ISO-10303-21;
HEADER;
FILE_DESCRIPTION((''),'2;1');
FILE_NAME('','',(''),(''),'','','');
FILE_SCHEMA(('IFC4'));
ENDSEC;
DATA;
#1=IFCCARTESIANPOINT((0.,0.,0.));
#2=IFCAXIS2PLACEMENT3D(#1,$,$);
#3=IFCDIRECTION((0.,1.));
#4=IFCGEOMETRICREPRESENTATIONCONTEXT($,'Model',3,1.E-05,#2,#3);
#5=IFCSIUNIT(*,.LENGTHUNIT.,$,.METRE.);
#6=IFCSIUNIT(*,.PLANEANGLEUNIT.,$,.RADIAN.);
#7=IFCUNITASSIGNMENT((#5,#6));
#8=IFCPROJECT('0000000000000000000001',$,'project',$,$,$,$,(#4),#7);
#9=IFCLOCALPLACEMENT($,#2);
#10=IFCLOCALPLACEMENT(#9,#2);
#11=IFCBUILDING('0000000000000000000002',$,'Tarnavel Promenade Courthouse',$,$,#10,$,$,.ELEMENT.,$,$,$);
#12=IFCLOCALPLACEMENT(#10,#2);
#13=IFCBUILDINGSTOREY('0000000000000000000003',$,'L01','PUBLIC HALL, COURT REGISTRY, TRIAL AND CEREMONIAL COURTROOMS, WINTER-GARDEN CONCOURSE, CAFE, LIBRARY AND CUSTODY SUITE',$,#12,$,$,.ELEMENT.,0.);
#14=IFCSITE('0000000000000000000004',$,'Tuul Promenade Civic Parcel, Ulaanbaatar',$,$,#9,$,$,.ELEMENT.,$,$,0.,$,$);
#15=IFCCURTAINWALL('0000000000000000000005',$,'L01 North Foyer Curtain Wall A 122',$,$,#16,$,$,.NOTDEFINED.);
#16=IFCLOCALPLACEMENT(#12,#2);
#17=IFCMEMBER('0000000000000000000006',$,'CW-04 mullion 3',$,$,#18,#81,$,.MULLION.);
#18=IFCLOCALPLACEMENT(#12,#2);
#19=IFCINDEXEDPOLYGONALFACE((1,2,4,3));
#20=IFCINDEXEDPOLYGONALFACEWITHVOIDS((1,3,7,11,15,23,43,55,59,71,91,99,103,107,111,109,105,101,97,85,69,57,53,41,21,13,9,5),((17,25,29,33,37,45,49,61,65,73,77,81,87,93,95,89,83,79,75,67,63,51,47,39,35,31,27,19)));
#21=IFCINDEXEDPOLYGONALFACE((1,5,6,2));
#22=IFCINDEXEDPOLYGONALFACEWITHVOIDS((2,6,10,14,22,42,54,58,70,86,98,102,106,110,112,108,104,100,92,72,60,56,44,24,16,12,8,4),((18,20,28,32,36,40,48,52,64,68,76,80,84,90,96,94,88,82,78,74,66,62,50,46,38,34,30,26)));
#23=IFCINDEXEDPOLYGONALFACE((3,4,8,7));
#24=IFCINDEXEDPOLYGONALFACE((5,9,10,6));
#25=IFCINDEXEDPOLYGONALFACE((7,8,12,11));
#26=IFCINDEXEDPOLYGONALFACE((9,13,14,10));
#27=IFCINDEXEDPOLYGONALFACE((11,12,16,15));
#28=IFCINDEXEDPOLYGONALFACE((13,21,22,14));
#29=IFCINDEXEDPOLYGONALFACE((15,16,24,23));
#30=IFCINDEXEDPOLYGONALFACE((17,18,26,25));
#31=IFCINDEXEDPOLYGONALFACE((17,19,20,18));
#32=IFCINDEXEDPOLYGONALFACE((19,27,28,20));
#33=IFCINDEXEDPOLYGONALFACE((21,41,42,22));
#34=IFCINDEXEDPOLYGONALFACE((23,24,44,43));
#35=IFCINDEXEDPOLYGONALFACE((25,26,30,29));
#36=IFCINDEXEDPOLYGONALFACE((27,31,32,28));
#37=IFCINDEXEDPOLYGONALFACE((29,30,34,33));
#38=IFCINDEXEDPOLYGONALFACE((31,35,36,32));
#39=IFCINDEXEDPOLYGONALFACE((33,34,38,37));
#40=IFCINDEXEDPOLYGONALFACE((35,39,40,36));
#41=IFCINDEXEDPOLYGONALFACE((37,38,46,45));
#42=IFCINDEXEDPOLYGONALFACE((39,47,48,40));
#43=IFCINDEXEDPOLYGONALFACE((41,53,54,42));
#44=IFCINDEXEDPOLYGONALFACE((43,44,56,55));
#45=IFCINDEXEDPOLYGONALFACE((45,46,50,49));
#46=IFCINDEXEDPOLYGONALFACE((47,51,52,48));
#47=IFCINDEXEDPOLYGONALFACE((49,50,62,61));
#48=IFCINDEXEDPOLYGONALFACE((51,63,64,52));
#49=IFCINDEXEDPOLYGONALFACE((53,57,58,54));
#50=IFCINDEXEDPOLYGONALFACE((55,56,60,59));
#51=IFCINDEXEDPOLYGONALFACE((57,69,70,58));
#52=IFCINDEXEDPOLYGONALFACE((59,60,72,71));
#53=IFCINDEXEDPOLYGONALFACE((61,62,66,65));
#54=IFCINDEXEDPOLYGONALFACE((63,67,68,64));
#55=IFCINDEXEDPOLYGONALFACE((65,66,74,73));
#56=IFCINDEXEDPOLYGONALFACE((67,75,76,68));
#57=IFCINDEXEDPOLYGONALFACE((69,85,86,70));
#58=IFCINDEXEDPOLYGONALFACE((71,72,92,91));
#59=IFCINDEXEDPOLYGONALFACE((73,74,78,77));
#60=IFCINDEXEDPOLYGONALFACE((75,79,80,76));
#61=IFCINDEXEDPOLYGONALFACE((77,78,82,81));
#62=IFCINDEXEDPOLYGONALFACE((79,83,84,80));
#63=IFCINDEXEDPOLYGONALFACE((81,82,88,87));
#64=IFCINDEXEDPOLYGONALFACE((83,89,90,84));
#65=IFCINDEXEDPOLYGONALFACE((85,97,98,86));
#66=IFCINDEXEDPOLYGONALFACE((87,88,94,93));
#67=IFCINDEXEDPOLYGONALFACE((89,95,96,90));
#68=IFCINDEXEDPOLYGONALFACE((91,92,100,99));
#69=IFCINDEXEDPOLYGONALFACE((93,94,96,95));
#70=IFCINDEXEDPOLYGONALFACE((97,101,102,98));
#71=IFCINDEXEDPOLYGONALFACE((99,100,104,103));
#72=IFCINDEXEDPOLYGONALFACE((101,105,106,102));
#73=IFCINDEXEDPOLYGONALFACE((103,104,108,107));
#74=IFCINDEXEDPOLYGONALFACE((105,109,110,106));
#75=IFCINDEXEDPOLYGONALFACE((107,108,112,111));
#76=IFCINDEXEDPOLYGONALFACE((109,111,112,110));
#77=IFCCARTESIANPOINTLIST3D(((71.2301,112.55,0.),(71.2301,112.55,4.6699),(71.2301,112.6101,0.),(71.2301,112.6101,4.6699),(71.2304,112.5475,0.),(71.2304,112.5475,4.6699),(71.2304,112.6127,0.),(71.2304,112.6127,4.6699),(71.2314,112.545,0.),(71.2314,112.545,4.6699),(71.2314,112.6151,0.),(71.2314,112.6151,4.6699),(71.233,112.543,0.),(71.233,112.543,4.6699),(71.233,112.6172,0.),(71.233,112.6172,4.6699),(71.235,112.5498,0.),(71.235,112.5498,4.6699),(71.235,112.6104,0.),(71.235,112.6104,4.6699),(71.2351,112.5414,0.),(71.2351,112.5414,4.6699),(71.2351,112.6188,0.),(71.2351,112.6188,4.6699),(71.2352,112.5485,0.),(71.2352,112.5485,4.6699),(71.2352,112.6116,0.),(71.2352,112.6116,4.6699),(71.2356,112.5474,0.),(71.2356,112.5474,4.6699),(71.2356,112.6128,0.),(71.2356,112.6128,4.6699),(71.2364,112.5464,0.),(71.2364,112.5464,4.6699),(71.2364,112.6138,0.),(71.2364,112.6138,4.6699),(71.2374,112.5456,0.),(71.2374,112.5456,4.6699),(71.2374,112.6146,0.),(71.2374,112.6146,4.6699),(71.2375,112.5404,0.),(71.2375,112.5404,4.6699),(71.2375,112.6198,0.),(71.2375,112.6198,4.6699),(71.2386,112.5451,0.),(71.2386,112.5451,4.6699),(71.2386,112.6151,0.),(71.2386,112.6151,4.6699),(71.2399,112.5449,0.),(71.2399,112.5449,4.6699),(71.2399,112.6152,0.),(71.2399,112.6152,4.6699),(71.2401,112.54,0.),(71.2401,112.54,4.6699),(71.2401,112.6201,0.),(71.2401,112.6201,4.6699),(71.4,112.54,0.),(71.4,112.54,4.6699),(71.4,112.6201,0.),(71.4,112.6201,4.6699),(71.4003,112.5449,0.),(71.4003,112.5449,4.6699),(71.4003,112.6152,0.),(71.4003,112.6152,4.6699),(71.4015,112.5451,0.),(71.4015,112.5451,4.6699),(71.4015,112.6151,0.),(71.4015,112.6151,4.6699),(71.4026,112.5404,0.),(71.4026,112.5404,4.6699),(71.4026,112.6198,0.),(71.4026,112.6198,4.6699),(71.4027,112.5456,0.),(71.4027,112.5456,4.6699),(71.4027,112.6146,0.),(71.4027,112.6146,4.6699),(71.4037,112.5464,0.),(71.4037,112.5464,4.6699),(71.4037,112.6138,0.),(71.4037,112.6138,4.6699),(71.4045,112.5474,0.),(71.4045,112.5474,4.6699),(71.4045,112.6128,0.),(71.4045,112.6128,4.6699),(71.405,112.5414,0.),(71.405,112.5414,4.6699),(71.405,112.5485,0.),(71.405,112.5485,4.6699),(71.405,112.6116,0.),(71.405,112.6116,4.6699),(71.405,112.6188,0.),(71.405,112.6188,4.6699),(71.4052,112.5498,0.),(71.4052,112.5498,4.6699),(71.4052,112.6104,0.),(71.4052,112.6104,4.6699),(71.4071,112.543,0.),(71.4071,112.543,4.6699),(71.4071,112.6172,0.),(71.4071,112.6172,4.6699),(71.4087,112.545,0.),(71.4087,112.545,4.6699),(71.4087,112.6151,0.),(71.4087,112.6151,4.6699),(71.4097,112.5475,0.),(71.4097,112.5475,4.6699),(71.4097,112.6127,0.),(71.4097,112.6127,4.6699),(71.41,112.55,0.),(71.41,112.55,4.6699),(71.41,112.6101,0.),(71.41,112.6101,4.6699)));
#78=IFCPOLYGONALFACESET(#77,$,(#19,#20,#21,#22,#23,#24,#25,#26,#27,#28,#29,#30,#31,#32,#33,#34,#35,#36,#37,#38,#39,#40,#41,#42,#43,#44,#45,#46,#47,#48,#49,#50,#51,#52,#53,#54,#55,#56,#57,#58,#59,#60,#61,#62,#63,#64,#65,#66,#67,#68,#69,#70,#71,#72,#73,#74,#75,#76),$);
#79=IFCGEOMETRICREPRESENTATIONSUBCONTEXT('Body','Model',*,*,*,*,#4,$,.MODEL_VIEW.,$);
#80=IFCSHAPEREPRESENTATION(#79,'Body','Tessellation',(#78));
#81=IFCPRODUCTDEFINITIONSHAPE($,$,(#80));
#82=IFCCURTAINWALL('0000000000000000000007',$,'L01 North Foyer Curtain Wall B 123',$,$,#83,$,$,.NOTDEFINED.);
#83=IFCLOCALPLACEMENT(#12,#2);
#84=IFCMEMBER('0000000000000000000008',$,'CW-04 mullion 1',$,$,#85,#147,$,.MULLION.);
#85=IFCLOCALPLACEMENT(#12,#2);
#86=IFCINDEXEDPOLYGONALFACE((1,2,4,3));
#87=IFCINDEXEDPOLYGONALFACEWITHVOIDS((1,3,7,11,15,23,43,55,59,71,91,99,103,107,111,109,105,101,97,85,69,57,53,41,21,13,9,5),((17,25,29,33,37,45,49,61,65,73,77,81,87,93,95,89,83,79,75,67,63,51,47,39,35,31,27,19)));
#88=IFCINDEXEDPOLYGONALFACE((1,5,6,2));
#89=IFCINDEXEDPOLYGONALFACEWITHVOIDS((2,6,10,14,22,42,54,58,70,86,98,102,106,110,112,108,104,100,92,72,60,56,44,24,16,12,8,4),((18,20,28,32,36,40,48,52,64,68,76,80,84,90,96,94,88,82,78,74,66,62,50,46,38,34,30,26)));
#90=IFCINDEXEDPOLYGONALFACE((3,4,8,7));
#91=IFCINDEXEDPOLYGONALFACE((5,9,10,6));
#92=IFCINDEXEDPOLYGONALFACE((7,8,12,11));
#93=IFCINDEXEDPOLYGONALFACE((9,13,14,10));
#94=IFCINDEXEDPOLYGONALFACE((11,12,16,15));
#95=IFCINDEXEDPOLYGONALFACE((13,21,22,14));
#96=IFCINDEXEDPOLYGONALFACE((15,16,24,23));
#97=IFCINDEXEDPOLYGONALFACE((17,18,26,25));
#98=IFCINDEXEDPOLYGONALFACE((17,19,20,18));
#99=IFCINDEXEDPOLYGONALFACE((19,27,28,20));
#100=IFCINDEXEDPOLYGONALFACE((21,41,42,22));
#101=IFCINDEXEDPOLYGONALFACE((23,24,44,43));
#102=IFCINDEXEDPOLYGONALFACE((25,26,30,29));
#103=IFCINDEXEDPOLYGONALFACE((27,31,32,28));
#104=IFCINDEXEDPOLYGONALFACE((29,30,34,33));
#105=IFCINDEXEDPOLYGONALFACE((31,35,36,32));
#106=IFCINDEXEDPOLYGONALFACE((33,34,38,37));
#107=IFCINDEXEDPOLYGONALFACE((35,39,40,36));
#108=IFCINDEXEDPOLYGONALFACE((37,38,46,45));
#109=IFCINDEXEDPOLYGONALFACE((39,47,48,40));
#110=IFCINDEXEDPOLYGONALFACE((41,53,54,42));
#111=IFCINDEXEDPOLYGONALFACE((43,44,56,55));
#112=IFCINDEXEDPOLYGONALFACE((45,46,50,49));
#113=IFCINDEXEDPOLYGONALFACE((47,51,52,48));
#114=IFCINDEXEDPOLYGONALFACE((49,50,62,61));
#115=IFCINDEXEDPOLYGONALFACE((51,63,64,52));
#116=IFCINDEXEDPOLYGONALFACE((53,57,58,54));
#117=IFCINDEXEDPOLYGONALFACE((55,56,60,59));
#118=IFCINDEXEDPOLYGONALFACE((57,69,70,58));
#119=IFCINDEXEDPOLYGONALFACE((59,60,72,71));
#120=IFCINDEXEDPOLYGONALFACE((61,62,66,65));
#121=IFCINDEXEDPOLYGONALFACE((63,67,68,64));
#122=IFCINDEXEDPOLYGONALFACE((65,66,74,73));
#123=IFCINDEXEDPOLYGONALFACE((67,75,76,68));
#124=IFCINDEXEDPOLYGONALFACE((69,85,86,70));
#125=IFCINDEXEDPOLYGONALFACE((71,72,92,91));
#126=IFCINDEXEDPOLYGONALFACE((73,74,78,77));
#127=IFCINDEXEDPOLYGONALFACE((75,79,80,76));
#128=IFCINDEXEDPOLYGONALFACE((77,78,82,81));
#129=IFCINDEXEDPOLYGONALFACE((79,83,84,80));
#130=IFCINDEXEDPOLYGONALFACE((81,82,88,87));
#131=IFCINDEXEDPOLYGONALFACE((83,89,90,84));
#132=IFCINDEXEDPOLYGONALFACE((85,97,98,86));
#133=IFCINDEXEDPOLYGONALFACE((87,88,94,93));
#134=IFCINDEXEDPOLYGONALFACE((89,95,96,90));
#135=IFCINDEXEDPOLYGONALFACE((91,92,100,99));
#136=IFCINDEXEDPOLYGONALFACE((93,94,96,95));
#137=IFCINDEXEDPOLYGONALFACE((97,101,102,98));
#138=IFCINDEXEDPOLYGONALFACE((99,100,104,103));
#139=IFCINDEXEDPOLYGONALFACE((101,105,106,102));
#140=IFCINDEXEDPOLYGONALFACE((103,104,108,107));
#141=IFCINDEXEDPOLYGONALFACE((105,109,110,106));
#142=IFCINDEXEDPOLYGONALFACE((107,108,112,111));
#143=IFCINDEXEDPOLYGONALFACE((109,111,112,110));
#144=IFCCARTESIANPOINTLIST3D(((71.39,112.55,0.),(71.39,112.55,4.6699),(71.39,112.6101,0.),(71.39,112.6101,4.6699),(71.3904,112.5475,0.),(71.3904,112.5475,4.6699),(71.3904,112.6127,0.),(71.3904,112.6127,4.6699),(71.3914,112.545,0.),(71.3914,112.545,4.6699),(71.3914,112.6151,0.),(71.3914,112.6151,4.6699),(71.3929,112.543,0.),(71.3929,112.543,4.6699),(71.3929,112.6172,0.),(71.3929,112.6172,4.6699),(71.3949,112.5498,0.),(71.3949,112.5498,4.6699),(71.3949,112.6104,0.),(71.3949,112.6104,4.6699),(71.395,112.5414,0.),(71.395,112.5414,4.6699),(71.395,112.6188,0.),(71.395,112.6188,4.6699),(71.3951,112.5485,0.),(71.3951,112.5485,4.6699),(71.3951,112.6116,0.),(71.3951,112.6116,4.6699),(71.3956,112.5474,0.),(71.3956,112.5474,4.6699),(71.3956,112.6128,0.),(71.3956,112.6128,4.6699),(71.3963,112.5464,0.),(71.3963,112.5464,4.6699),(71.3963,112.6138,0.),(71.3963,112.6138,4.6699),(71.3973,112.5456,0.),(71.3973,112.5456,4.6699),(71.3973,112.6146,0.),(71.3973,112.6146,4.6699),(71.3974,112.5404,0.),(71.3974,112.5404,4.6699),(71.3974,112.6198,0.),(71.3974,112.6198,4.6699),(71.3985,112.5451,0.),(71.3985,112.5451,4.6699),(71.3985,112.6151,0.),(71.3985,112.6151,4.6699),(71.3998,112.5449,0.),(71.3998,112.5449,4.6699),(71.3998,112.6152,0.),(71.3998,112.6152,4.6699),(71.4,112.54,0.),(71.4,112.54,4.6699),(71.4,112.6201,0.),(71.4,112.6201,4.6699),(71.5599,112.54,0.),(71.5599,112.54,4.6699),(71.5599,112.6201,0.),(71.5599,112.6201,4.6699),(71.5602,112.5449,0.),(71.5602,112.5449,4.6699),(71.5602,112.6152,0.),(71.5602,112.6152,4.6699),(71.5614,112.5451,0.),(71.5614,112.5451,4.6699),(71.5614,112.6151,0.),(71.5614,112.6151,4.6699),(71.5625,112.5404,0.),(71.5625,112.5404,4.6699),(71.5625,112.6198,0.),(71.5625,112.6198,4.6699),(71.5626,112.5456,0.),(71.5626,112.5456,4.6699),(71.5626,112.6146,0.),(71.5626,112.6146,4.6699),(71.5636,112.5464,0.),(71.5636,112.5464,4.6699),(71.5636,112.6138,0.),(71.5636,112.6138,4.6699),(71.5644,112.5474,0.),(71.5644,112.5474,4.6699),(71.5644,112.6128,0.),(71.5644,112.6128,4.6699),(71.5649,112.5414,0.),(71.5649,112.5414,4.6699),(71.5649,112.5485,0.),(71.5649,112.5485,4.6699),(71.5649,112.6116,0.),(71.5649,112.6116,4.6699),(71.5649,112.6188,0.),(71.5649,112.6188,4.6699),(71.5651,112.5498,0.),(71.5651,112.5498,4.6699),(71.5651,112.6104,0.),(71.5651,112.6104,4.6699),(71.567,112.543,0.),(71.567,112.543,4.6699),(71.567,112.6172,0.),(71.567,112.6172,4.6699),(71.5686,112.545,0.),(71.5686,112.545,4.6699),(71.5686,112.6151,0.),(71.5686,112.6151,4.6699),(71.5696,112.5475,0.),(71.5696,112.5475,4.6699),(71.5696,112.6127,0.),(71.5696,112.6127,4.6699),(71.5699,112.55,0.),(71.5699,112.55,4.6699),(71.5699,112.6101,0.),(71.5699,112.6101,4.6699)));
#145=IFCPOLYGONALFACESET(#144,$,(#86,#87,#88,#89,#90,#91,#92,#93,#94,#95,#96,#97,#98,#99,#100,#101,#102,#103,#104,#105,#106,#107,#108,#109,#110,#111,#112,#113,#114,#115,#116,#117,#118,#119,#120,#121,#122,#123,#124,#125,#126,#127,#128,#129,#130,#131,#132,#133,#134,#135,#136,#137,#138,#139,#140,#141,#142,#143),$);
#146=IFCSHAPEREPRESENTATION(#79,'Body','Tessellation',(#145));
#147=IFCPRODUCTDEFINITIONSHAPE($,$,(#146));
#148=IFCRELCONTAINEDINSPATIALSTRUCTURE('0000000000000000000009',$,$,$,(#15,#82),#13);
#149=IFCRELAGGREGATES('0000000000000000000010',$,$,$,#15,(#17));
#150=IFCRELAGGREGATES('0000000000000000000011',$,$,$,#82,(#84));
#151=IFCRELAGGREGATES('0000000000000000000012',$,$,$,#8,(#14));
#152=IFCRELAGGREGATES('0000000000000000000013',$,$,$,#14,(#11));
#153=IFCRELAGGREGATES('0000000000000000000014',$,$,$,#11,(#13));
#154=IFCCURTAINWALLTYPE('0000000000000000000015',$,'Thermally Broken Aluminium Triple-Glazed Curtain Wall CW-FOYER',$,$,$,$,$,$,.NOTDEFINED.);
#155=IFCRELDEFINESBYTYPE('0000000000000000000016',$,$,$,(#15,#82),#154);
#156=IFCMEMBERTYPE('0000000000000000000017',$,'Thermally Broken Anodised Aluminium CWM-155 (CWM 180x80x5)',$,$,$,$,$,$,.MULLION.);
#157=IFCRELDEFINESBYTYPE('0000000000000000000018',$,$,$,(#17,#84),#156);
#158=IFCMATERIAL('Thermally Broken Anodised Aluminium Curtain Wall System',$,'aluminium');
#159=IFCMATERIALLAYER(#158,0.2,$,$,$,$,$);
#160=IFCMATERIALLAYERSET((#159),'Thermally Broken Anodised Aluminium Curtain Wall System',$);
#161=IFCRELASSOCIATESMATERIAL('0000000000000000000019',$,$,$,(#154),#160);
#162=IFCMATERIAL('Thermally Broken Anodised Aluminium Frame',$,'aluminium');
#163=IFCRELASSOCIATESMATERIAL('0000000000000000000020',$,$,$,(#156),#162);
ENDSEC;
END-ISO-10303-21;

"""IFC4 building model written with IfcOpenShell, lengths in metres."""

from ifc_helpers import new_model, si_unit, direction, frame, origin, origin_2d, place, context, subcontext, project, spatial, hollow_rectangle, extrude, material, layer, layer_set, material_profile, profile_set, type_object, element, aggregate, save


model = new_model("IFC4")

# Units and contexts
model_context = context("Model", 3, precision=1e-05, world=origin(), true_north=direction((0.0, 1.0)))
body_context = subcontext(model_context, "Body", "Model", "MODEL_VIEW")
ifc_project = project(units=[si_unit("LENGTHUNIT", "METRE"), si_unit("PLANEANGLEUNIT", "RADIAN")], contexts=[model_context])

# Site, building, storey
site_placement = place(None, origin())
site = spatial("IfcSite", under=ifc_project, at=site_placement, Name="Tuul Promenade Civic Parcel, Ulaanbaatar", CompositionType="ELEMENT", RefElevation=0.0)
building_placement = place(site_placement, origin())
building = spatial("IfcBuilding", under=site, at=building_placement, Name="Tarnavel Promenade Courthouse", CompositionType="ELEMENT")
storey_placement = place(building_placement, origin())
storey = spatial("IfcBuildingStorey", under=building, at=storey_placement, Name="L01", Description="PUBLIC HALL, COURT REGISTRY, TRIAL AND CEREMONIAL COURTROOMS, WINTER-GARDEN CONCOURSE, CAFE, LIBRARY AND CUSTODY SUITE", CompositionType="ELEMENT", Elevation=0.0)

# Curtain wall, member
ifc_material_1 = material(Name="Thermally Broken Anodised Aluminium Curtain Wall System", Category="aluminium")
ifc_layer_1 = layer(ifc_material_1, 0.2)
ifc_layer_set_1 = layer_set([ifc_layer_1], Name="Thermally Broken Anodised Aluminium Curtain Wall System")
curtain_wall_type = type_object("IfcCurtainWallType", Name="Thermally Broken Aluminium Triple-Glazed Curtain Wall CW-FOYER", PredefinedType="NOTDEFINED", material=ifc_layer_set_1)
curtain_wall_1_placement = place(storey_placement, origin())
curtain_wall_1 = element("IfcCurtainWall", 1, at=curtain_wall_1_placement, inside=storey, type_object=curtain_wall_type, Name="L01 North Foyer Curtain Wall A 122", PredefinedType="NOTDEFINED")
ifc_material_2 = material(Name="Thermally Broken Anodised Aluminium Frame", Category="aluminium")
ifc_material_profile_1 = material_profile(ifc_material_2, hollow_rectangle(XDim=0.0801, YDim=0.1799, WallThickness=0.0049, InnerFilletRadius=0.0049, OuterFilletRadius=0.01, at=origin_2d()), Name="CWM 180x80x5")
ifc_profile_set_1 = profile_set([ifc_material_profile_1], Name="Thermally Broken Anodised Aluminium Frame")
member_type_1 = type_object("IfcMemberType", Name="Thermally Broken Anodised Aluminium CWM-155 (CWM 180x80x5)", PredefinedType="MULLION", material=ifc_profile_set_1)
member_1_placement = place(storey_placement, frame((71.3201, 112.5801, 0.0), z_axis=(0.0, 0.0, 1.0), x_axis=(0.0, 1.0, 0.0)))
member_1 = element("IfcMember", 2, at=member_1_placement, type_object=member_type_1, Name="CW-04 mullion 3", PredefinedType="MULLION", context=body_context, shape_type="SweptSolid", body=[
    extrude(hollow_rectangle(XDim=0.0801, YDim=0.1799, WallThickness=0.0049, InnerFilletRadius=0.0049, OuterFilletRadius=0.01, at=origin_2d()), origin(), (0.0, 0.0, 1.0), 4.6699),
])

# Curtain wall, member
curtain_wall_2_placement = place(storey_placement, origin())
curtain_wall_2 = element("IfcCurtainWall", 3, at=curtain_wall_2_placement, inside=storey, type_object=curtain_wall_type, Name="L01 North Foyer Curtain Wall B 123", PredefinedType="NOTDEFINED")
member_2_placement = place(storey_placement, frame((71.48, 112.5801, 0.0), z_axis=(0.0, 0.0, 1.0), x_axis=(0.0, 1.0, 0.0)))
member_2 = element("IfcMember", 4, at=member_2_placement, type_object=member_type_1, Name="CW-04 mullion 1", PredefinedType="MULLION", context=body_context, shape_type="SweptSolid", body=[
    extrude(hollow_rectangle(XDim=0.0801, YDim=0.1799, WallThickness=0.0049, InnerFilletRadius=0.0049, OuterFilletRadius=0.01, at=origin_2d()), origin(), (0.0, 0.0, 1.0), 4.6699),
])

aggregate(curtain_wall_1, [member_1])
aggregate(curtain_wall_2, [member_2])

save(model, "model.ifc")
